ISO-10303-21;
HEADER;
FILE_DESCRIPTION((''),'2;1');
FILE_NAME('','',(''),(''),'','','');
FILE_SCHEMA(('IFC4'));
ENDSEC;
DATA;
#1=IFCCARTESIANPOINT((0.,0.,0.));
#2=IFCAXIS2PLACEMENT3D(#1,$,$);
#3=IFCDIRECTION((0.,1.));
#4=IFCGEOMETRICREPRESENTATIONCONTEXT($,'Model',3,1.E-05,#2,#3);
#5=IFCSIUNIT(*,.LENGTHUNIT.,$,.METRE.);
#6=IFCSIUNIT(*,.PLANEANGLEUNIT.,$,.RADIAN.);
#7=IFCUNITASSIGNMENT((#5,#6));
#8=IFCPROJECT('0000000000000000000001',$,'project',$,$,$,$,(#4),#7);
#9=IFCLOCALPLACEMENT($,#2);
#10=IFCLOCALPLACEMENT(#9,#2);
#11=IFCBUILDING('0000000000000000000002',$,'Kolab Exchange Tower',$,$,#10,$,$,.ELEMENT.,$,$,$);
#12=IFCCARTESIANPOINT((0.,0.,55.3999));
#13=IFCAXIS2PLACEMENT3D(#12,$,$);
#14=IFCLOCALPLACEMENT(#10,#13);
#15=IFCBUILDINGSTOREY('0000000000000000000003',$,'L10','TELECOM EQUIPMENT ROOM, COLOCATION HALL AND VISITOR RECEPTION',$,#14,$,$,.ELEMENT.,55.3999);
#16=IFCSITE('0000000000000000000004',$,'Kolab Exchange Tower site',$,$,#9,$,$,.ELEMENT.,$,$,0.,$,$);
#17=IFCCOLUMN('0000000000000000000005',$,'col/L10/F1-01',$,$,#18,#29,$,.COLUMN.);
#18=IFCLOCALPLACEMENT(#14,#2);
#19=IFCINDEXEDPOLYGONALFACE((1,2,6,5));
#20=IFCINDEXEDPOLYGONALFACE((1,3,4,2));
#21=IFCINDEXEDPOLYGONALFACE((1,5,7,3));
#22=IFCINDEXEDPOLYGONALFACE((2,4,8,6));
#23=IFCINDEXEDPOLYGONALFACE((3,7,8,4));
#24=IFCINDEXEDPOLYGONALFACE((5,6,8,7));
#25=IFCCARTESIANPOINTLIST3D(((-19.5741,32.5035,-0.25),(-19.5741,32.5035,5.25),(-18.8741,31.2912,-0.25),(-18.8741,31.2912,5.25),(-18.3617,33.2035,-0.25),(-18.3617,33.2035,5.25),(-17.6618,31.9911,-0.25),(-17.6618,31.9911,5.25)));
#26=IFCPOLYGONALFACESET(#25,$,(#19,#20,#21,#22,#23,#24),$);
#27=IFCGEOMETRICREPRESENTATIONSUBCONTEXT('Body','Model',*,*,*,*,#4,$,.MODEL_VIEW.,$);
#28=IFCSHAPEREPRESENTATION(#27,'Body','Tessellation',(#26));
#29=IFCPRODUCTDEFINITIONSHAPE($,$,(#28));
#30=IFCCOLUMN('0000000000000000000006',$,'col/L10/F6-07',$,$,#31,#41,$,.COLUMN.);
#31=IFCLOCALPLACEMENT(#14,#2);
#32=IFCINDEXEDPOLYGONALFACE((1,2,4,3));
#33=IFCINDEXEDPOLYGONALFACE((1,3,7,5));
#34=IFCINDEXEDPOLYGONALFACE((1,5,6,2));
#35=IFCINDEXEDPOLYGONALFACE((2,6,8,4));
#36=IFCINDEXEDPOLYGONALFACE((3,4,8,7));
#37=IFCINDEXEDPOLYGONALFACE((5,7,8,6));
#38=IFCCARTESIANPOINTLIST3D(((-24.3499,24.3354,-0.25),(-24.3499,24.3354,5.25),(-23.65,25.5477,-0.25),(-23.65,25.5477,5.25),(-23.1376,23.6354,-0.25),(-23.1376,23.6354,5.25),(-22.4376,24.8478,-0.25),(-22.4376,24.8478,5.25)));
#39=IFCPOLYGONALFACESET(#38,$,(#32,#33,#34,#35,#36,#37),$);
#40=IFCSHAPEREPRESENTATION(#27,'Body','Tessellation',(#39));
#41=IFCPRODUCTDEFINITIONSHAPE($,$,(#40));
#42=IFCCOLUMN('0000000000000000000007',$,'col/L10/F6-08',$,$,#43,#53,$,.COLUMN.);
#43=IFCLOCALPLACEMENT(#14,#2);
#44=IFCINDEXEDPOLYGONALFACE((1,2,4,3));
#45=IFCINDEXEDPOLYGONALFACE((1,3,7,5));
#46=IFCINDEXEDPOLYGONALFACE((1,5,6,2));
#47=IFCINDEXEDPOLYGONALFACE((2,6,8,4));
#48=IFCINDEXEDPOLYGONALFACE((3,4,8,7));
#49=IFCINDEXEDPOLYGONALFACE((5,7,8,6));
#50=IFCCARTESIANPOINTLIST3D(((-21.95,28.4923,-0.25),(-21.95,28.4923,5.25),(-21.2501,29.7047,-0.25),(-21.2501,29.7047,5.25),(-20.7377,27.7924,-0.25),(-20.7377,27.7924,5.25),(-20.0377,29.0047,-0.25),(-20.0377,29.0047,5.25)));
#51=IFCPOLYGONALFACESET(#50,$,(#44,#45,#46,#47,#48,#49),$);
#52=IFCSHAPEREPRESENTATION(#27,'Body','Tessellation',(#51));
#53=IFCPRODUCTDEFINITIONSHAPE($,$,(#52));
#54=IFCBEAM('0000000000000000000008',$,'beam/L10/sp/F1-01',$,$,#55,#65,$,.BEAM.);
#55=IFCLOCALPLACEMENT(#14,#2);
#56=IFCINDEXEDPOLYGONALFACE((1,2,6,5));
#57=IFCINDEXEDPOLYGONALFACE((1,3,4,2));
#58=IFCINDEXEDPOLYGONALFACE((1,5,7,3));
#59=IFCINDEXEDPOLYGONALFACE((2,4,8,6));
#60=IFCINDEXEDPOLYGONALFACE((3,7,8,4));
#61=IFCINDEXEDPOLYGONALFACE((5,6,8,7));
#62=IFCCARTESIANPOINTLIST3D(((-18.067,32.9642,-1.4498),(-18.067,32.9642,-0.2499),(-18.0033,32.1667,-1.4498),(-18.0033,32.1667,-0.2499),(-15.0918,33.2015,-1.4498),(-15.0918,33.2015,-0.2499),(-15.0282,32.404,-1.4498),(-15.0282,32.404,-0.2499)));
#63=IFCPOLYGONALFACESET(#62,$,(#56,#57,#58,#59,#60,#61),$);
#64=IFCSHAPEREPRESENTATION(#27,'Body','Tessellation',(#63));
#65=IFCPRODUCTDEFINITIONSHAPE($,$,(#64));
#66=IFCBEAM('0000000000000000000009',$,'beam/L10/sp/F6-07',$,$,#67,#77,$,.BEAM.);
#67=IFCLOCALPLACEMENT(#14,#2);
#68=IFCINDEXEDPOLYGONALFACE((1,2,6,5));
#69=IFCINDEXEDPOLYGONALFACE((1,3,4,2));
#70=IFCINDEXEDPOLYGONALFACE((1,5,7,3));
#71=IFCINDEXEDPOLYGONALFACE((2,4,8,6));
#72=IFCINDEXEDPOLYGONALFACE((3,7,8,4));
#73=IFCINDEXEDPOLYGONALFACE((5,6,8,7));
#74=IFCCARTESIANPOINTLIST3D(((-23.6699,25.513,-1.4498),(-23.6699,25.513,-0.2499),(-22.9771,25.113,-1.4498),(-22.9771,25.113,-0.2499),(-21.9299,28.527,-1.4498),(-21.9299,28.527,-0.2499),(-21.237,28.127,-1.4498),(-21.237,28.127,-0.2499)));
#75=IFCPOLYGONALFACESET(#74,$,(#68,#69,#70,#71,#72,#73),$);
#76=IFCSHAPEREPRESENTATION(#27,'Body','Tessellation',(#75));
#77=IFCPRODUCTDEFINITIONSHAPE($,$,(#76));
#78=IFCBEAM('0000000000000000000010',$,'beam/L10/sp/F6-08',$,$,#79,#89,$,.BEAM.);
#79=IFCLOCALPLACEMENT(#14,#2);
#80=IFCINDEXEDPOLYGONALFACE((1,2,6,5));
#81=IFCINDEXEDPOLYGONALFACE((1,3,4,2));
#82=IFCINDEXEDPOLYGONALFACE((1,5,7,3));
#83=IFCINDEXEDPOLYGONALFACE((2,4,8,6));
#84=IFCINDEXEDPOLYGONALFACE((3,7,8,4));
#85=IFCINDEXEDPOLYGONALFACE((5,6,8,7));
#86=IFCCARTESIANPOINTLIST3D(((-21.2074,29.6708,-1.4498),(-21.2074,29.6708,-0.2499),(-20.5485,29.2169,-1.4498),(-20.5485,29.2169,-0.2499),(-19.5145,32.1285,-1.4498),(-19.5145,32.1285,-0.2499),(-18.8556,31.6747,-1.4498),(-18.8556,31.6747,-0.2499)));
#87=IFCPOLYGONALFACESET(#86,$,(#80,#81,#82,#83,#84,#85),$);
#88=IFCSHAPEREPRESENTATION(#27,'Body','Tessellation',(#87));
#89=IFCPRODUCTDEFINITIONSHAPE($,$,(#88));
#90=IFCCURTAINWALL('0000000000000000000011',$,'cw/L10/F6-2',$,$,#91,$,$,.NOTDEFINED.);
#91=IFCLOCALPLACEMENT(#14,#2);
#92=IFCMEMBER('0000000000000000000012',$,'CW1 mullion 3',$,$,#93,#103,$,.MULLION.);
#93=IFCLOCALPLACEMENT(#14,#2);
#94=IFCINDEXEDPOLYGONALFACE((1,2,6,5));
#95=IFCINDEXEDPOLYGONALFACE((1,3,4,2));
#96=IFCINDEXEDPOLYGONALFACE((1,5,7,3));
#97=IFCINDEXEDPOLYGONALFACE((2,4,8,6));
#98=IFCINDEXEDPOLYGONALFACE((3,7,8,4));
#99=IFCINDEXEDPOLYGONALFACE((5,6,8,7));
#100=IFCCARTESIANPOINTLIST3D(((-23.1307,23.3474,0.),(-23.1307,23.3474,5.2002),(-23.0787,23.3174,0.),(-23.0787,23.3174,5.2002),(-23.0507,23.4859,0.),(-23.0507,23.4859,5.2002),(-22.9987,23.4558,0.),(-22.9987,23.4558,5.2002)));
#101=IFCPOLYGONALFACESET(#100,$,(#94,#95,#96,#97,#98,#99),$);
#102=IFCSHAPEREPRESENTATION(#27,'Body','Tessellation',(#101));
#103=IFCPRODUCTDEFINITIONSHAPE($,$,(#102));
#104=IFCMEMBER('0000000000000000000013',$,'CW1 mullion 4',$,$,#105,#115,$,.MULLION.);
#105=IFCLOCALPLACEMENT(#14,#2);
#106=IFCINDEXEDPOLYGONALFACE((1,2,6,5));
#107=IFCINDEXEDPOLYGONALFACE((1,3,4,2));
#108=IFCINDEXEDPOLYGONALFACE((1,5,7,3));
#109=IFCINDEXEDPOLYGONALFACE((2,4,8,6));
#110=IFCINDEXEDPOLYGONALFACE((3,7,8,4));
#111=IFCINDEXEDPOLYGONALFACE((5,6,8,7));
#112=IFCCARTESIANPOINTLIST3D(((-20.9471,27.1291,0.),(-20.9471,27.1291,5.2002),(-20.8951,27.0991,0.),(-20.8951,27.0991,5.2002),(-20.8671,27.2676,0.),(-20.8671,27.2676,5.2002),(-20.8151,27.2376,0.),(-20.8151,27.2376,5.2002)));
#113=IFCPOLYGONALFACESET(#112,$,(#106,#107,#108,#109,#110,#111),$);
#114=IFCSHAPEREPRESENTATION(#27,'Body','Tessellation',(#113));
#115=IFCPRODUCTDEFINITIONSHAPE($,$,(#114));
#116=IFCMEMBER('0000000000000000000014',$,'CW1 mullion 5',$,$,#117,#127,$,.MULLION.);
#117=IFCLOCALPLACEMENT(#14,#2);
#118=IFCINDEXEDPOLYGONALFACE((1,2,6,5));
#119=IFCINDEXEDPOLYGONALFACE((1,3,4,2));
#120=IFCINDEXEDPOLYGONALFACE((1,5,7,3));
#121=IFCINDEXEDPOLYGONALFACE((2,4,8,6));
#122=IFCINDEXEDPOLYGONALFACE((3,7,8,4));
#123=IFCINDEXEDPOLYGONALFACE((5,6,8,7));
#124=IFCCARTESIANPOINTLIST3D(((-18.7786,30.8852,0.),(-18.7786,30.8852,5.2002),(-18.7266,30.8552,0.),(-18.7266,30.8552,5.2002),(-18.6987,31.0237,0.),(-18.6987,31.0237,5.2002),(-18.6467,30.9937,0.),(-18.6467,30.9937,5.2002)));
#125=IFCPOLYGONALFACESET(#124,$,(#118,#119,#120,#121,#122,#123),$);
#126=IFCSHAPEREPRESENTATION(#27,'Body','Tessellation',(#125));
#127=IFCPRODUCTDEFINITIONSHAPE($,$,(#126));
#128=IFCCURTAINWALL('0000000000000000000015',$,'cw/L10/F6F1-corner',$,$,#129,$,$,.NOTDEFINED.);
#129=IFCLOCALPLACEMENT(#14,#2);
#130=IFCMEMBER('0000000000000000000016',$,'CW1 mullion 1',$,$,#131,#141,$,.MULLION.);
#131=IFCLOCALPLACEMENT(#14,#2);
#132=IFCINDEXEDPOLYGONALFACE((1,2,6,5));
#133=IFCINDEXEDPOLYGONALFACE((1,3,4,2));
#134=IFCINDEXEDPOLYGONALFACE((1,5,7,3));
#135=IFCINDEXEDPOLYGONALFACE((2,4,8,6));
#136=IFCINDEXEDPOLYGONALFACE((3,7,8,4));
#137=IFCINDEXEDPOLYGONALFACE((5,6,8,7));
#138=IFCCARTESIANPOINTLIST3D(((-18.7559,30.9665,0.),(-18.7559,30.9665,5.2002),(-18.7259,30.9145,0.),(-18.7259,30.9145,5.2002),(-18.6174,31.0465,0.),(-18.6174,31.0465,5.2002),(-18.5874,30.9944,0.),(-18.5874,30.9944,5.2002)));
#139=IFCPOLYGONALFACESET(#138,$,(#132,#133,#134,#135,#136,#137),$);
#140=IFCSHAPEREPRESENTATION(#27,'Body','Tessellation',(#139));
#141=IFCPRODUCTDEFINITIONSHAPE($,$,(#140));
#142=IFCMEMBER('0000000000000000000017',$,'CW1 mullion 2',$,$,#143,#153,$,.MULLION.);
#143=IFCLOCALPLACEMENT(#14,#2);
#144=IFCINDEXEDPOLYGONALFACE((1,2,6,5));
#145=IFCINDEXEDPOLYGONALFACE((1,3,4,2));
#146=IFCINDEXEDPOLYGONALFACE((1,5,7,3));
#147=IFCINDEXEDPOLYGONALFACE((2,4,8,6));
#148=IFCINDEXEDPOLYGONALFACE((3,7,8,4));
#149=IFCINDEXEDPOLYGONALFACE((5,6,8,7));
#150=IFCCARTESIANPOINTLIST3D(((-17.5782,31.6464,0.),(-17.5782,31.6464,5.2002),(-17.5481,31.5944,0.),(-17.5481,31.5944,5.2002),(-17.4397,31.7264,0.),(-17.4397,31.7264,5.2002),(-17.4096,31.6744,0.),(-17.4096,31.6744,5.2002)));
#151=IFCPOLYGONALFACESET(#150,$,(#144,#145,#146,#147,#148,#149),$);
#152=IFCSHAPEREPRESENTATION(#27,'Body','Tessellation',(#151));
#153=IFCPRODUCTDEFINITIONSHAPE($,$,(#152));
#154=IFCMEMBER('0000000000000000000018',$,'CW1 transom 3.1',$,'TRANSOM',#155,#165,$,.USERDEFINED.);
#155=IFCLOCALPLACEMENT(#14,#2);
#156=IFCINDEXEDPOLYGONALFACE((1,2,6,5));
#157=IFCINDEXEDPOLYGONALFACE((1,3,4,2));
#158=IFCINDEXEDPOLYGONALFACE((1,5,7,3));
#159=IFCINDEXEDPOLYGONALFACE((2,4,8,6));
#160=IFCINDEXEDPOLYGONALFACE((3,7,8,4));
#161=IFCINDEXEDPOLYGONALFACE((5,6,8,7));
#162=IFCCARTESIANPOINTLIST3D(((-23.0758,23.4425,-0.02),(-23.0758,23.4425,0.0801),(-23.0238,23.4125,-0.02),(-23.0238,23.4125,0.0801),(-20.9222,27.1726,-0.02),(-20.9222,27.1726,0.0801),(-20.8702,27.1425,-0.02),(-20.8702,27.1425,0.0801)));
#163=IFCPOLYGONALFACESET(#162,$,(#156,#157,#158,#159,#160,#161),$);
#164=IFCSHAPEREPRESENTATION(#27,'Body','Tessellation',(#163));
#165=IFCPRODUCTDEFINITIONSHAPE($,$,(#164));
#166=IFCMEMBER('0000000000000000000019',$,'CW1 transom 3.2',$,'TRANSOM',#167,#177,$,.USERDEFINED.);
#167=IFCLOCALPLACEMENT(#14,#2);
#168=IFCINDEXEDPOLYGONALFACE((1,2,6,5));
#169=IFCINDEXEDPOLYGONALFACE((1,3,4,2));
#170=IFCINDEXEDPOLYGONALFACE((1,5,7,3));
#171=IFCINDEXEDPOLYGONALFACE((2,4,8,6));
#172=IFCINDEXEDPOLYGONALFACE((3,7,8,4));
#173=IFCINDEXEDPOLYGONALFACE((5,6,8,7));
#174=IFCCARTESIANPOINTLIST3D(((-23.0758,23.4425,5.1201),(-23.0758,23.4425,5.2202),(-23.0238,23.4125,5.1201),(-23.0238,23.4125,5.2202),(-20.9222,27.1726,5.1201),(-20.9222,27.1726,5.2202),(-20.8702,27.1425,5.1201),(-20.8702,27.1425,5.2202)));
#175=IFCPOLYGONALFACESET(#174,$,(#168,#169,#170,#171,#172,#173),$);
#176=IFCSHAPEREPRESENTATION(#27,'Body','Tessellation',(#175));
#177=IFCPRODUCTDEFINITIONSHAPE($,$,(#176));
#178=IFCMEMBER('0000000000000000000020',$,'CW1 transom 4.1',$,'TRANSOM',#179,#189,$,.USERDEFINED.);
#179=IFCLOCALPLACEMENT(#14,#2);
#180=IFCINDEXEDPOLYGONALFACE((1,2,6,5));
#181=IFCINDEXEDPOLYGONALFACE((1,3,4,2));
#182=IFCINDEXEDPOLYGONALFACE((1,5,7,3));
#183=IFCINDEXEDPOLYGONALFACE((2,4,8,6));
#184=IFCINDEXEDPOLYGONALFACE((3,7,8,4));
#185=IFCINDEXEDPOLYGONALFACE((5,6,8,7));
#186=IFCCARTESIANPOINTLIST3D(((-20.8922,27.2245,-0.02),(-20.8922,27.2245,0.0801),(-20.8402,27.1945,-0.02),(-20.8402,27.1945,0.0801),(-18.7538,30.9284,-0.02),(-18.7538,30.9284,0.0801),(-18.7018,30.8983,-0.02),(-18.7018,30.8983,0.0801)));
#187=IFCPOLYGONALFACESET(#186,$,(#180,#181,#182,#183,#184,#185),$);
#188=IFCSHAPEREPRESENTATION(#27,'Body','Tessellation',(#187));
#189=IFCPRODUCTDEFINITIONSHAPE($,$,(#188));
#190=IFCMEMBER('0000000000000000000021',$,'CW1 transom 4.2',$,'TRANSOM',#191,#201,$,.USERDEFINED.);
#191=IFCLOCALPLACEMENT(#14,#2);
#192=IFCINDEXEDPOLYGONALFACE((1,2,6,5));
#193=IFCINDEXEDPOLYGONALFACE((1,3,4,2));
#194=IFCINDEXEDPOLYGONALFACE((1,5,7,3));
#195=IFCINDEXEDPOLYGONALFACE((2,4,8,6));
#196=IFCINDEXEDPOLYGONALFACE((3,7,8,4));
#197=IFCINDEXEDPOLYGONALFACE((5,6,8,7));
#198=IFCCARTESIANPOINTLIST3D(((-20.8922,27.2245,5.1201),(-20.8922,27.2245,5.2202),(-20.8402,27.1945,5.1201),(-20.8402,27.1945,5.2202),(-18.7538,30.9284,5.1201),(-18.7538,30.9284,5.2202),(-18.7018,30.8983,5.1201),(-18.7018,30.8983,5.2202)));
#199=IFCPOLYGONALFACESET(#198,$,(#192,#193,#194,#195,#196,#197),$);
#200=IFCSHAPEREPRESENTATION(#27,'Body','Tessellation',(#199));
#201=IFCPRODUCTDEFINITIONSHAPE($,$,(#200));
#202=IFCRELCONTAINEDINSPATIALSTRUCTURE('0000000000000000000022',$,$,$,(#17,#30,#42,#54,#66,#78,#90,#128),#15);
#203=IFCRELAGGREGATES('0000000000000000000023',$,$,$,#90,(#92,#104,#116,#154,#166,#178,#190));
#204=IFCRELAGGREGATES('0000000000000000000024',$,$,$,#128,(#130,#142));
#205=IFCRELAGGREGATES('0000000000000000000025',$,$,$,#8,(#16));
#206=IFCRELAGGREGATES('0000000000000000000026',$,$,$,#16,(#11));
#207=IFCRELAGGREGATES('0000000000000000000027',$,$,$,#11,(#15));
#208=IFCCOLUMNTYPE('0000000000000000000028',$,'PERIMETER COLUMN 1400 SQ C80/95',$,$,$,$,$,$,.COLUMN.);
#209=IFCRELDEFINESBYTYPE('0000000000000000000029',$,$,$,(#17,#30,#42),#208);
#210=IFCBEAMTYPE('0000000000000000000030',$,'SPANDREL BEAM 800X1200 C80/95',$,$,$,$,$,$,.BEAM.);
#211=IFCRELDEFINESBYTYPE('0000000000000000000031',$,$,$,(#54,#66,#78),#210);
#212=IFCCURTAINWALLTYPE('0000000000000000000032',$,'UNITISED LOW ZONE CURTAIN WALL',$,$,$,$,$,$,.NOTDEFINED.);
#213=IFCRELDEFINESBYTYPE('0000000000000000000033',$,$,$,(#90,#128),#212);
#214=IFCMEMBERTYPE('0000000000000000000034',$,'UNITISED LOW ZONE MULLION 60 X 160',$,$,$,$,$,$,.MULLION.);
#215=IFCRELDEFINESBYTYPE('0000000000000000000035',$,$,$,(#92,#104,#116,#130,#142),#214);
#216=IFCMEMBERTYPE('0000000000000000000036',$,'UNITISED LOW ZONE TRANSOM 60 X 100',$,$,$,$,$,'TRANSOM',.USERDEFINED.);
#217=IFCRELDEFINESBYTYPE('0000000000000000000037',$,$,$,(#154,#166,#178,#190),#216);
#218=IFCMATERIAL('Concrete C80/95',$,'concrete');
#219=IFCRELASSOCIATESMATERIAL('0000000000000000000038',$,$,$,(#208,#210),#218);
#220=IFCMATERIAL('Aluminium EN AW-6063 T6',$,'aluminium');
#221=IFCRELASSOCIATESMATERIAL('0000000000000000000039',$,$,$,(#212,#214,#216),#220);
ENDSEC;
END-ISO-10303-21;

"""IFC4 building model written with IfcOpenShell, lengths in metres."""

from ifc_helpers import new_model, si_unit, direction, frame, origin, origin_2d, place, context, subcontext, project, spatial, rectangle, extrude, material, material_profile, profile_set, type_object, element, aggregate, save


model = new_model("IFC4")

# Units and contexts
model_context = context("Model", 3, precision=1e-05, world=origin(), true_north=direction((0.0, 1.0)))
body_context = subcontext(model_context, "Body", "Model", "MODEL_VIEW")
ifc_project = project(units=[si_unit("LENGTHUNIT", "METRE"), si_unit("PLANEANGLEUNIT", "RADIAN")], contexts=[model_context])

# Site, building, storey
site_placement = place(None, origin())
site = spatial("IfcSite", under=ifc_project, at=site_placement, Name="Kolab Exchange Tower site", CompositionType="ELEMENT", RefElevation=0.0)
building_placement = place(site_placement, origin())
building = spatial("IfcBuilding", under=site, at=building_placement, Name="Kolab Exchange Tower", CompositionType="ELEMENT")
storey_placement = place(building_placement, frame((0.0, 0.0, 55.3999)))
storey = spatial("IfcBuildingStorey", under=building, at=storey_placement, Name="L10", Description="TELECOM EQUIPMENT ROOM, COLOCATION HALL AND VISITOR RECEPTION", CompositionType="ELEMENT", Elevation=55.3999)

# Columns
ifc_material_1 = material(Name="Concrete C80/95", Category="concrete")
ifc_material_profile_1 = material_profile(ifc_material_1, rectangle(XDim=1.3999, YDim=1.3999, at=origin_2d()), Name="RC1400")
ifc_profile_set_1 = profile_set([ifc_material_profile_1], Name="Concrete C80/95")
column_type = type_object("IfcColumnType", Name="PERIMETER COLUMN 1400 SQ C80/95", PredefinedType="COLUMN", material=ifc_profile_set_1)
for number, where, z_axis, x_axis, name in (
    (1, (-18.6179, 32.2473, -0.25), (0.0, 0.0, 1.0), (0.866025, 0.5, 0.0), "col/L10/F1-01"),
    (2, (-23.3938, 24.5916, -0.25), (0.0, 0.0, 1.0), (0.5, 0.866025, 0.0), "col/L10/F6-07"),
    (3, (-20.9939, 28.7485, -0.25), (0.0, 0.0, 1.0), (0.5, 0.866025, 0.0), "col/L10/F6-08"),
):
    element("IfcColumn", number, at=place(storey_placement, frame(where, z_axis=z_axis, x_axis=x_axis)), inside=storey, type_object=column_type, Name=name, PredefinedType="COLUMN", context=body_context, shape_type="SweptSolid", body=[
        extrude(rectangle(XDim=1.3999, YDim=1.3999, at=origin_2d()), origin(), (0.0, 0.0, 1.0), 5.5),
    ])

# Beams
ifc_material_profile_2 = material_profile(ifc_material_1, rectangle(XDim=0.8, YDim=1.2, at=origin_2d()), Name="RC800X1200")
ifc_profile_set_2 = profile_set([ifc_material_profile_2], Name="Concrete C80/95")
beam_type = type_object("IfcBeamType", Name="SPANDREL BEAM 800X1200 C80/95", PredefinedType="BEAM", material=ifc_profile_set_2)
beam_1_placement = place(storey_placement, frame((-18.0352, 32.5654, -0.8499), z_axis=(0.996834, 0.079511, 0.0), x_axis=(-0.079511, 0.996834, 0.0)))
element("IfcBeam", 4, at=beam_1_placement, inside=storey, type_object=beam_type, Name="beam/L10/sp/F1-01", PredefinedType="BEAM", context=body_context, shape_type="SweptSolid", body=[
    extrude(rectangle(XDim=0.8, YDim=1.2, at=origin_2d()), origin(), (0.0, 0.0, 1.0), 2.9846),
])
beam_2_placement = place(storey_placement, frame((-23.3235, 25.313, -0.8499), z_axis=(0.49998, 0.866037, 0.0), x_axis=(-0.866037, 0.49998, 0.0)))
element("IfcBeam", 5, at=beam_2_placement, inside=storey, type_object=beam_type, Name="beam/L10/sp/F6-07", PredefinedType="BEAM", context=body_context, shape_type="SweptSolid", body=[
    extrude(rectangle(XDim=0.8, YDim=1.2, at=origin_2d()), origin(), (0.0, 0.0, 1.0), 3.4802),
])
beam_3_placement = place(storey_placement, frame((-20.8779, 29.4438, -0.8499), z_axis=(0.567247, 0.823548, 0.0), x_axis=(-0.823548, 0.567247, 0.0)))
element("IfcBeam", 6, at=beam_3_placement, inside=storey, type_object=beam_type, Name="beam/L10/sp/F6-08", PredefinedType="BEAM", context=body_context, shape_type="SweptSolid", body=[
    extrude(rectangle(XDim=0.8, YDim=1.2, at=origin_2d()), origin(), (0.0, 0.0, 1.0), 2.9844),
])

# Curtain walls, members
ifc_material_2 = material(Name="Aluminium EN AW-6063 T6", Category="aluminium")
curtain_wall_type = type_object("IfcCurtainWallType", Name="UNITISED LOW ZONE CURTAIN WALL", PredefinedType="NOTDEFINED", material=ifc_material_2)
curtain_wall_1_placement = place(storey_placement, origin())
curtain_wall_1 = element("IfcCurtainWall", 7, at=curtain_wall_1_placement, inside=storey, type_object=curtain_wall_type, Name="cw/L10/F6-2", PredefinedType="NOTDEFINED")
ifc_material_profile_3 = material_profile(ifc_material_2, rectangle(XDim=0.0601, YDim=0.1599, at=origin_2d()), Name="RECT 60X160")
ifc_profile_set_3 = profile_set([ifc_material_profile_3], Name="Aluminium EN AW-6063 T6")
member_type_1 = type_object("IfcMemberType", Name="UNITISED LOW ZONE MULLION 60 X 160", PredefinedType="MULLION", material=ifc_profile_set_3)
member_1_placement = place(storey_placement, frame((-23.0647, 23.4016, 0.0), z_axis=(0.0, 0.0, 1.0), x_axis=(-0.866025, 0.5, 0.0)))
member_1 = element("IfcMember", 8, at=member_1_placement, type_object=member_type_1, Name="CW1 mullion 3", PredefinedType="MULLION", context=body_context, shape_type="SweptSolid", body=[
    extrude(rectangle(XDim=0.0601, YDim=0.1599, at=origin_2d()), origin(), (0.0, 0.0, 1.0), 5.2002),
])
member_2_placement = place(storey_placement, frame((-20.8811, 27.1833, 0.0), z_axis=(0.0, 0.0, 1.0), x_axis=(-0.866025, 0.5, 0.0)))
member_2 = element("IfcMember", 9, at=member_2_placement, type_object=member_type_1, Name="CW1 mullion 4", PredefinedType="MULLION", context=body_context, shape_type="SweptSolid", body=[
    extrude(rectangle(XDim=0.0601, YDim=0.1599, at=origin_2d()), origin(), (0.0, 0.0, 1.0), 5.2002),
])
member_3_placement = place(storey_placement, frame((-18.7126, 30.9395, 0.0), z_axis=(0.0, 0.0, 1.0), x_axis=(-0.866025, 0.5, 0.0)))
member_3 = element("IfcMember", 10, at=member_3_placement, type_object=member_type_1, Name="CW1 mullion 5", PredefinedType="MULLION", context=body_context, shape_type="SweptSolid", body=[
    extrude(rectangle(XDim=0.0601, YDim=0.1599, at=origin_2d()), origin(), (0.0, 0.0, 1.0), 5.2002),
])
curtain_wall_2_placement = place(storey_placement, origin())
curtain_wall_2 = element("IfcCurtainWall", 11, at=curtain_wall_2_placement, inside=storey, type_object=curtain_wall_type, Name="cw/L10/F6F1-corner", PredefinedType="NOTDEFINED")
member_4_placement = place(storey_placement, frame((-18.6716, 30.9805, 0.0), z_axis=(0.0, 0.0, 1.0), x_axis=(-0.5, 0.866025, 0.0)))
member_4 = element("IfcMember", 12, at=member_4_placement, type_object=member_type_1, Name="CW1 mullion 1", PredefinedType="MULLION", context=body_context, shape_type="SweptSolid", body=[
    extrude(rectangle(XDim=0.0601, YDim=0.1599, at=origin_2d()), origin(), (0.0, 0.0, 1.0), 5.2002),
])
member_5_placement = place(storey_placement, frame((-17.4939, 31.6604, 0.0), z_axis=(0.0, 0.0, 1.0), x_axis=(-0.5, 0.866025, 0.0)))
member_5 = element("IfcMember", 13, at=member_5_placement, type_object=member_type_1, Name="CW1 mullion 2", PredefinedType="MULLION", context=body_context, shape_type="SweptSolid", body=[
    extrude(rectangle(XDim=0.0601, YDim=0.1599, at=origin_2d()), origin(), (0.0, 0.0, 1.0), 5.2002),
])

# Members
ifc_material_profile_4 = material_profile(ifc_material_2, rectangle(XDim=0.0601, YDim=0.1001, at=origin_2d()), Name="RECT 60X100")
ifc_profile_set_4 = profile_set([ifc_material_profile_4], Name="Aluminium EN AW-6063 T6")
member_type_2 = type_object("IfcMemberType", Name="UNITISED LOW ZONE TRANSOM 60 X 100", ElementType="TRANSOM", PredefinedType="USERDEFINED", material=ifc_profile_set_4)
member_6_placement = place(storey_placement, frame((-23.0498, 23.4275, 0.03), z_axis=(0.50001, 0.866019, 0.0), x_axis=(-0.866019, 0.50001, 0.0)))
member_6 = element("IfcMember", 14, at=member_6_placement, type_object=member_type_2, Name="CW1 transom 3.1", ObjectType="TRANSOM", PredefinedType="USERDEFINED", context=body_context, shape_type="SweptSolid", body=[
    extrude(rectangle(XDim=0.0601, YDim=0.1001, at=origin_2d()), origin(), (0.0, 0.0, 1.0), 4.3071),
])
member_7_placement = place(storey_placement, frame((-23.0498, 23.4275, 5.1702), z_axis=(0.50001, 0.866019, 0.0), x_axis=(-0.866019, 0.50001, 0.0)))
member_7 = element("IfcMember", 15, at=member_7_placement, type_object=member_type_2, Name="CW1 transom 3.2", ObjectType="TRANSOM", PredefinedType="USERDEFINED", context=body_context, shape_type="SweptSolid", body=[
    extrude(rectangle(XDim=0.0601, YDim=0.1001, at=origin_2d()), origin(), (0.0, 0.0, 1.0), 4.3071),
])
member_8_placement = place(storey_placement, frame((-20.8662, 27.2095, 0.03), z_axis=(0.500001, 0.866025, 0.0), x_axis=(-0.866025, 0.500001, 0.0)))
member_8 = element("IfcMember", 16, at=member_8_placement, type_object=member_type_2, Name="CW1 transom 4.1", ObjectType="TRANSOM", PredefinedType="USERDEFINED", context=body_context, shape_type="SweptSolid", body=[
    extrude(rectangle(XDim=0.0601, YDim=0.1001, at=origin_2d()), origin(), (0.0, 0.0, 1.0), 4.2769),
])
member_9_placement = place(storey_placement, frame((-20.8662, 27.2095, 5.1702), z_axis=(0.500001, 0.866025, 0.0), x_axis=(-0.866025, 0.500001, 0.0)))
member_9 = element("IfcMember", 17, at=member_9_placement, type_object=member_type_2, Name="CW1 transom 4.2", ObjectType="TRANSOM", PredefinedType="USERDEFINED", context=body_context, shape_type="SweptSolid", body=[
    extrude(rectangle(XDim=0.0601, YDim=0.1001, at=origin_2d()), origin(), (0.0, 0.0, 1.0), 4.2769),
])

aggregate(curtain_wall_1, [member_1, member_2, member_3, member_6, member_7, member_8, member_9])
aggregate(curtain_wall_2, [member_4, member_5])

save(model, "model.ifc")
